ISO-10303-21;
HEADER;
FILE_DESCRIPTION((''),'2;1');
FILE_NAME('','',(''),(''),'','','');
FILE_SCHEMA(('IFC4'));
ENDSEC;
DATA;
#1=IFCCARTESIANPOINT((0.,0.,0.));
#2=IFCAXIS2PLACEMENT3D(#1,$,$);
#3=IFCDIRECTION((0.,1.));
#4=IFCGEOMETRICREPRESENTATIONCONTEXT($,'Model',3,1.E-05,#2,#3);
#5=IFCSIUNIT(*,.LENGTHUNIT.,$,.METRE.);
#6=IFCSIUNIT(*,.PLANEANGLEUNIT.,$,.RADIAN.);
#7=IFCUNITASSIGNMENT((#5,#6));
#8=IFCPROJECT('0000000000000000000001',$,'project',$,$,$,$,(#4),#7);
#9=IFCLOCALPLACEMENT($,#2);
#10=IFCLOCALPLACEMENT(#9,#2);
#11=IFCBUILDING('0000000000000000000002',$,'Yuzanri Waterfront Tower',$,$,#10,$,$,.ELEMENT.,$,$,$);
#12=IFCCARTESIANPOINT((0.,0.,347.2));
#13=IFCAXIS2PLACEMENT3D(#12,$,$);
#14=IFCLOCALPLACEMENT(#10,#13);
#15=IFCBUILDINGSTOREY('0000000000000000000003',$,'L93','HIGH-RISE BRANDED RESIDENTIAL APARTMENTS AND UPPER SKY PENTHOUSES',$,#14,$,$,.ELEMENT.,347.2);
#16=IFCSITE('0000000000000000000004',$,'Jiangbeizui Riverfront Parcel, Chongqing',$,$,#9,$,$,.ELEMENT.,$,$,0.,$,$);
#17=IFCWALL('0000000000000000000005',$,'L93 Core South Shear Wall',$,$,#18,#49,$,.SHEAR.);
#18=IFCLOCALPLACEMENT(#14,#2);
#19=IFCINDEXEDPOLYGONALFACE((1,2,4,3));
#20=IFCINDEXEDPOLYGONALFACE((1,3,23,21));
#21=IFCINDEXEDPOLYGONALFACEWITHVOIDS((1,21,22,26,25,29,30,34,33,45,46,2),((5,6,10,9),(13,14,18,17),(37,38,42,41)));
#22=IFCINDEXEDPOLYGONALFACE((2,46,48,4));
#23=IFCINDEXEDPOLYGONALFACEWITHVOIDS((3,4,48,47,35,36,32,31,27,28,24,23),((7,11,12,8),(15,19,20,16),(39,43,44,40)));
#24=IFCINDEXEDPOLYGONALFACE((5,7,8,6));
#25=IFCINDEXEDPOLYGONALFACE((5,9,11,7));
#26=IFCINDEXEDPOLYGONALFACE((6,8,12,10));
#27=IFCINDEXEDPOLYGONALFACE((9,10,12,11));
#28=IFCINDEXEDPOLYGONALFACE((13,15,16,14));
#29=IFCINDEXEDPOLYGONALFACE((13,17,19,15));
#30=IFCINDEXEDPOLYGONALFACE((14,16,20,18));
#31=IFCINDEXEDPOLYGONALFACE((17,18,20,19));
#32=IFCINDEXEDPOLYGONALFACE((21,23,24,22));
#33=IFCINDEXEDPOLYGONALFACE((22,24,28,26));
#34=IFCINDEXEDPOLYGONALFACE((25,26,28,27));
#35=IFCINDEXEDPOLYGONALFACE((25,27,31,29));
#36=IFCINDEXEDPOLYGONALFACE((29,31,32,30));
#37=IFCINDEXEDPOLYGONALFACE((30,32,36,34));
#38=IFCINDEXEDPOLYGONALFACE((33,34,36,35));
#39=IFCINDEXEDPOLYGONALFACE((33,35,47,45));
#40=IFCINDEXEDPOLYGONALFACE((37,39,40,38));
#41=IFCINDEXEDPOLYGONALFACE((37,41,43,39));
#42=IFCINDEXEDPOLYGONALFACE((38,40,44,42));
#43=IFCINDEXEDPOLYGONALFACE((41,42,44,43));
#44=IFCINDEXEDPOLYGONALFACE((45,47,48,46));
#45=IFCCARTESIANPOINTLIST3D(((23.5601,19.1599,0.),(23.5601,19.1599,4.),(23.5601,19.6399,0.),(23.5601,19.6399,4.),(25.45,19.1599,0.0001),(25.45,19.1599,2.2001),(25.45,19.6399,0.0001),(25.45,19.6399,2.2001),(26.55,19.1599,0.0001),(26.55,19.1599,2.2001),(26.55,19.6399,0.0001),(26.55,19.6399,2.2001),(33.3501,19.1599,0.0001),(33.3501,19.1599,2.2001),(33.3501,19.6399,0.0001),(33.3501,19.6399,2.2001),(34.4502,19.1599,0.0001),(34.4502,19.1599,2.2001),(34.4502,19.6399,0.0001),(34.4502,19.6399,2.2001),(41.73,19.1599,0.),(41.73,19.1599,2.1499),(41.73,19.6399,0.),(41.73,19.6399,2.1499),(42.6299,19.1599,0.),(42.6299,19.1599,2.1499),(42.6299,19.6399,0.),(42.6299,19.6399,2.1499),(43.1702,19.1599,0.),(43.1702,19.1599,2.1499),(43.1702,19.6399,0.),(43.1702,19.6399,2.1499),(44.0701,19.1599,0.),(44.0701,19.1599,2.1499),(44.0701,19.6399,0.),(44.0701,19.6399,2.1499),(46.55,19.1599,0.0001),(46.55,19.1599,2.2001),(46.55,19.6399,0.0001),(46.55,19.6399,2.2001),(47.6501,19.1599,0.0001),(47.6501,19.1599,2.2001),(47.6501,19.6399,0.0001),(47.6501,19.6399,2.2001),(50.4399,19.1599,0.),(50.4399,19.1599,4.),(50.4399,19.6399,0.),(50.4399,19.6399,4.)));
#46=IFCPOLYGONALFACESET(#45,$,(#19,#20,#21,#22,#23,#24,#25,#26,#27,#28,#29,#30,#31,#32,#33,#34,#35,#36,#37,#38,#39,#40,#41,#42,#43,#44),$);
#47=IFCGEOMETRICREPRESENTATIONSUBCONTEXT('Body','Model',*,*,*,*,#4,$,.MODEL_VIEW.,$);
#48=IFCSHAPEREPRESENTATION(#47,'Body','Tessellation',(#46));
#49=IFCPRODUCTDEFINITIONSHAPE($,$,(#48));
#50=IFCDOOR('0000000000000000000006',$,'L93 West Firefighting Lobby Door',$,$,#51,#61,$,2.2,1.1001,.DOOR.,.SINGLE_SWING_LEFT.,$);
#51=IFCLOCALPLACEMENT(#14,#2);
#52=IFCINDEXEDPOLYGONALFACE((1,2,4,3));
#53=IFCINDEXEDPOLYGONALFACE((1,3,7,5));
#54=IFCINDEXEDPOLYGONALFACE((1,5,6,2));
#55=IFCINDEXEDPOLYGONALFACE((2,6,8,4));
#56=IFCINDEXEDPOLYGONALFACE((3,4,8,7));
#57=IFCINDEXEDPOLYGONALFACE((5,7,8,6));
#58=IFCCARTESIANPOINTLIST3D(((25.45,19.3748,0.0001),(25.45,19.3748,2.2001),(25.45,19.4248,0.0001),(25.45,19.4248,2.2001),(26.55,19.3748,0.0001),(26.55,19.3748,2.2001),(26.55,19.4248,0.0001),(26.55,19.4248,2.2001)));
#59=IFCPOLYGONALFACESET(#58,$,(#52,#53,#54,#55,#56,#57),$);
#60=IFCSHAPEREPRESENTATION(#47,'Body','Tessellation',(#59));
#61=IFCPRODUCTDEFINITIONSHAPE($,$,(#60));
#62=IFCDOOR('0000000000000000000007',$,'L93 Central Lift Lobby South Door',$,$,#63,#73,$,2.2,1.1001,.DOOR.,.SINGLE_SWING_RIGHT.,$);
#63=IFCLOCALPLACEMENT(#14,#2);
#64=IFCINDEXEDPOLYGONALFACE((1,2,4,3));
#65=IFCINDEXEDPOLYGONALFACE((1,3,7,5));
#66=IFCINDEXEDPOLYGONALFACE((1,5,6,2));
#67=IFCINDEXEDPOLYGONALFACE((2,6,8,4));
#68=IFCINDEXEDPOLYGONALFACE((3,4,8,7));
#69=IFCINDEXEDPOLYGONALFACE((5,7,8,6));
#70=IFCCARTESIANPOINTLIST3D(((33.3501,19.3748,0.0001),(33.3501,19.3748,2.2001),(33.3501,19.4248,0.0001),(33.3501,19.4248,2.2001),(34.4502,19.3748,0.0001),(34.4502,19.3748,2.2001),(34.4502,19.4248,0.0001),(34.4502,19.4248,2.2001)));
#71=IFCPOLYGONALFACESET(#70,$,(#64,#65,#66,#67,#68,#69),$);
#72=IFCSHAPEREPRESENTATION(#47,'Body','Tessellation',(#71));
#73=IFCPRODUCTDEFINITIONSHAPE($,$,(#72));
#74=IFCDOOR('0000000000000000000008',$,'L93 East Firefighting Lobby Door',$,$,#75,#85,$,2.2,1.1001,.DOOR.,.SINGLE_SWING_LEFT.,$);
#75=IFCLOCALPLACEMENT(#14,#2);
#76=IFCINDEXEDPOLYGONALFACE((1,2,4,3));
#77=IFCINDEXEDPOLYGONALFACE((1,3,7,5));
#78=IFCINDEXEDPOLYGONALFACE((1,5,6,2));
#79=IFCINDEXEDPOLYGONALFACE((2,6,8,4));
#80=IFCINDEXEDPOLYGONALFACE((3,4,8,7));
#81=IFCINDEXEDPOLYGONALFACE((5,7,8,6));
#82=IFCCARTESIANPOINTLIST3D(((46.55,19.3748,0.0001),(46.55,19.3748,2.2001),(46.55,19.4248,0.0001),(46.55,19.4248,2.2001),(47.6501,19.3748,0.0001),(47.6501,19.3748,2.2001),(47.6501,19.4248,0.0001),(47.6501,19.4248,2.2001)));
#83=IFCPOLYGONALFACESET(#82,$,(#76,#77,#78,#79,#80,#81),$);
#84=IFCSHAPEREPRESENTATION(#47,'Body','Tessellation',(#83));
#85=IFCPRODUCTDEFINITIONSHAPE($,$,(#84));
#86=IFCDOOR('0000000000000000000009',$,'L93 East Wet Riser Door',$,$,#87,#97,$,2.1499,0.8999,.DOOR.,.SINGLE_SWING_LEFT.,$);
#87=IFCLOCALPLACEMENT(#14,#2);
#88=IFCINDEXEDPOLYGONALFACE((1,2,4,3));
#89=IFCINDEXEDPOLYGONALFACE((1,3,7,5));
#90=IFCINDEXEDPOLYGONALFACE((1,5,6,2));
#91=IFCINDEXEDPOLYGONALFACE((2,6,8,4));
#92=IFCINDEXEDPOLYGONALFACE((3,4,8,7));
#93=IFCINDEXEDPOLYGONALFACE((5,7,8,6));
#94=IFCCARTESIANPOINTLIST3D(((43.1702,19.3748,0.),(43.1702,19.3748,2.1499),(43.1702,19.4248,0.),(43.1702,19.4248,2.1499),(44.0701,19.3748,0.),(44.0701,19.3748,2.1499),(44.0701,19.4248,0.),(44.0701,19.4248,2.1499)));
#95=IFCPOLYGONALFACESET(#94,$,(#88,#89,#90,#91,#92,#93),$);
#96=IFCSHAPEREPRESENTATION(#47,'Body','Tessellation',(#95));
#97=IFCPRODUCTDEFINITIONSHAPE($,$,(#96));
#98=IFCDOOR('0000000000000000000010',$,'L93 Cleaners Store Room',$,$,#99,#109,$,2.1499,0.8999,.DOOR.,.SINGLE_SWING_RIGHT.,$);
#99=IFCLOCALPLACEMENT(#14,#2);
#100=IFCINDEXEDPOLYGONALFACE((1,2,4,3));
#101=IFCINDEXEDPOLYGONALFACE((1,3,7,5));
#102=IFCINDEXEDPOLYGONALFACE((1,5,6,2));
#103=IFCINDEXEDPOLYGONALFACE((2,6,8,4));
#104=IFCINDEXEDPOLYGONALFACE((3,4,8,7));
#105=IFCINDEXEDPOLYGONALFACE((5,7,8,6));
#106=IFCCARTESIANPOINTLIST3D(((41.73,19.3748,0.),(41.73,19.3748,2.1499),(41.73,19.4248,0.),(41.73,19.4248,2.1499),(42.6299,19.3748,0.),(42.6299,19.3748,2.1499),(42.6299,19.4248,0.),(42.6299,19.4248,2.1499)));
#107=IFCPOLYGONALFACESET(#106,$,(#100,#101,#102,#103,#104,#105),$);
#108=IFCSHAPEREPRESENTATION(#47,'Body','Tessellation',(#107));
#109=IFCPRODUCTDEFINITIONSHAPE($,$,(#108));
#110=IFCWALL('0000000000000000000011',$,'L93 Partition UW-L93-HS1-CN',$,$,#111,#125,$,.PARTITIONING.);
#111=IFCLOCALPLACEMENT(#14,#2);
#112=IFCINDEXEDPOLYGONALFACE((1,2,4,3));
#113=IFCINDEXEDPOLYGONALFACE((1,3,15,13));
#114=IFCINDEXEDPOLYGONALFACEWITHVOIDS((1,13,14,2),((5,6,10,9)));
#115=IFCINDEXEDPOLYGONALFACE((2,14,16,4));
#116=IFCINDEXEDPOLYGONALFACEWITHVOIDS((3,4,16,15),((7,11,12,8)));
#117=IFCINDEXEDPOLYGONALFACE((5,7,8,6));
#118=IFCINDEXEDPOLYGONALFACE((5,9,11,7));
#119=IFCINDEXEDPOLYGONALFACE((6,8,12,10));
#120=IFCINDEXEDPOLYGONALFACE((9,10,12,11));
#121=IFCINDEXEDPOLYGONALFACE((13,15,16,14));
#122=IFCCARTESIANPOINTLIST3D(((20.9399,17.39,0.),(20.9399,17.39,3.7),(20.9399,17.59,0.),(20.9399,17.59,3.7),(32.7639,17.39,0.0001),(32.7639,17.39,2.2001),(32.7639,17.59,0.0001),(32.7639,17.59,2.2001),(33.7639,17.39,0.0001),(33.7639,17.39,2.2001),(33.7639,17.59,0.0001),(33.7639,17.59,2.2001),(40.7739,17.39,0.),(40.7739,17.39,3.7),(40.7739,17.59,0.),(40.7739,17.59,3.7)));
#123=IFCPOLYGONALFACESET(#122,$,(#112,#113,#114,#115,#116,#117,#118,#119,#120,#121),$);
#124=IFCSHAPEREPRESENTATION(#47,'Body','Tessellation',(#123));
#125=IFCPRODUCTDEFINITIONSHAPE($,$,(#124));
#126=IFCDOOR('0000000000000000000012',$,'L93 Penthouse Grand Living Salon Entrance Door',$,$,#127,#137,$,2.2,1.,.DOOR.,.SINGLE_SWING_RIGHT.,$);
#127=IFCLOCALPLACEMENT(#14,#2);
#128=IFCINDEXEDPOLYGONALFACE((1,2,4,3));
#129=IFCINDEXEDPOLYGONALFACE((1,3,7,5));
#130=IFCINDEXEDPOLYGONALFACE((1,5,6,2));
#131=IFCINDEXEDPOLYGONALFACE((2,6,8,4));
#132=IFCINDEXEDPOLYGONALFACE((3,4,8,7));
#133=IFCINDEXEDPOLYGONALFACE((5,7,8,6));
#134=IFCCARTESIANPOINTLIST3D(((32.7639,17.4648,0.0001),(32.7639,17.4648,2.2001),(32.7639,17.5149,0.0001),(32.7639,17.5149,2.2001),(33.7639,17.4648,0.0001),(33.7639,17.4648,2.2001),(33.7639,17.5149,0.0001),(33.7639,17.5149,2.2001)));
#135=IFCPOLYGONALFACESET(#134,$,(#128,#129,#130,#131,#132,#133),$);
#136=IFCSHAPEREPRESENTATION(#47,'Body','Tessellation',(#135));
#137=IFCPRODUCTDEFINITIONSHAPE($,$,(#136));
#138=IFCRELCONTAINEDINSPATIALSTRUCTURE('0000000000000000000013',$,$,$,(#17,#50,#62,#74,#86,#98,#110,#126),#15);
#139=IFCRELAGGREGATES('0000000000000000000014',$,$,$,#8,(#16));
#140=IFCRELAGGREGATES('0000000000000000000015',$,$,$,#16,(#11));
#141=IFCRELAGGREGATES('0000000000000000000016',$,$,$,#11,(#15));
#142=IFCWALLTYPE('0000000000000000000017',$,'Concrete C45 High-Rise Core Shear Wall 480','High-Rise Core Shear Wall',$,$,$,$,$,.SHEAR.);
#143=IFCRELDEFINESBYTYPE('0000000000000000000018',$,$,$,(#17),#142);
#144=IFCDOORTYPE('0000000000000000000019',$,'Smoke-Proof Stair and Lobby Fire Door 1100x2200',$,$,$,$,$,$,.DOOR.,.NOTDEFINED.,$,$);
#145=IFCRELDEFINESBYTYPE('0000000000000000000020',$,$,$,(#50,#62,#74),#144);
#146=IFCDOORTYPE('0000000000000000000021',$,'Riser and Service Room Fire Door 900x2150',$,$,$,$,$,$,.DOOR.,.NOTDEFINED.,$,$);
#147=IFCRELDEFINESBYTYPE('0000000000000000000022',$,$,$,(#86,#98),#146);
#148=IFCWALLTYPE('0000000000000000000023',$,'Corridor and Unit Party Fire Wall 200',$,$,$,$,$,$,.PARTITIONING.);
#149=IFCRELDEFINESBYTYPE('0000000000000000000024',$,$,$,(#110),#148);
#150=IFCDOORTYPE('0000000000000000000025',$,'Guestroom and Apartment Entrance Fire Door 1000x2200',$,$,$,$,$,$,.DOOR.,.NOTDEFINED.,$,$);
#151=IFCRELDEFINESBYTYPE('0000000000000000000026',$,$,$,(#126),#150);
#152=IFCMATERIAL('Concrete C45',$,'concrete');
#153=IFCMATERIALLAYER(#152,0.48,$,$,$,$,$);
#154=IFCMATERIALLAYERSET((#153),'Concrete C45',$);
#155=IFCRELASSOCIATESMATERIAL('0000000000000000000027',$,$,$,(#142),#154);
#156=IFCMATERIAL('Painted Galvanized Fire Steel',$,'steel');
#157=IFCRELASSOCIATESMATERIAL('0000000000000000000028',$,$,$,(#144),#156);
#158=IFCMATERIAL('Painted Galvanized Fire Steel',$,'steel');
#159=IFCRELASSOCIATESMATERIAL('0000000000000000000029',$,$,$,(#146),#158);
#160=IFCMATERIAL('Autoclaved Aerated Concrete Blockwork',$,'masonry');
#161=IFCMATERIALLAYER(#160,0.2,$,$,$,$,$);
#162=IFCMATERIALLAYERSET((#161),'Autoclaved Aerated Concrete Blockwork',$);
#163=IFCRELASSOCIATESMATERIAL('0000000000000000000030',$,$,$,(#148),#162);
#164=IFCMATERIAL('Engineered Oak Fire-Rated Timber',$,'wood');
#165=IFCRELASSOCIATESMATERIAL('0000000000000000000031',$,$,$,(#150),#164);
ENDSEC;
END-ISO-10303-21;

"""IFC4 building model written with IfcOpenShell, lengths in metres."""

from ifc_helpers import new_model, si_unit, direction, frame, frame_2d, origin, place, context, subcontext, project, spatial, rectangle, extrude, source, transform, mapped, material, layer, layer_set, type_object, element, fill, save


model = new_model("IFC4")

# Units and contexts
model_context = context("Model", 3, precision=1e-05, world=origin(), true_north=direction((0.0, 1.0)))
body_context = subcontext(model_context, "Body", "Model", "MODEL_VIEW")
ifc_project = project(units=[si_unit("LENGTHUNIT", "METRE"), si_unit("PLANEANGLEUNIT", "RADIAN")], contexts=[model_context])

# Site, building, storey
site_placement = place(None, origin())
site = spatial("IfcSite", under=ifc_project, at=site_placement, Name="Jiangbeizui Riverfront Parcel, Chongqing", CompositionType="ELEMENT", RefElevation=0.0)
building_placement = place(site_placement, origin())
building = spatial("IfcBuilding", under=site, at=building_placement, Name="Yuzanri Waterfront Tower", CompositionType="ELEMENT")
storey_placement = place(building_placement, frame((0.0, 0.0, 347.2)))
storey = spatial("IfcBuildingStorey", under=building, at=storey_placement, Name="L93", Description="HIGH-RISE BRANDED RESIDENTIAL APARTMENTS AND UPPER SKY PENTHOUSES", CompositionType="ELEMENT", Elevation=347.2)

# Wall, openings, doors
ifc_material_1 = material(Name="Concrete C45", Category="concrete")
ifc_layer_1 = layer(ifc_material_1, 0.48)
ifc_layer_set_1 = layer_set([ifc_layer_1], Name="Concrete C45")
wall_type_1 = type_object("IfcWallType", Name="Concrete C45 High-Rise Core Shear Wall 480", Description="High-Rise Core Shear Wall", PredefinedType="SHEAR", material=ifc_layer_set_1)
wall_1_placement = place(storey_placement, frame((23.5601, 19.3999, 0.0), z_axis=(0.0, 0.0, 1.0), x_axis=(1.0, 0.0, 0.0)))
wall_1 = element("IfcWall", 1, at=wall_1_placement, inside=storey, type_object=wall_type_1, Name="L93 Core South Shear Wall", PredefinedType="SHEAR", context=body_context, shape_type="SweptSolid", body=[
    extrude(rectangle(XDim=26.8799, YDim=0.48, at=frame_2d((13.4399, 0.0))), origin(), (0.0, 0.0, 1.0), 4.0),
])
opening_1_placement = place(wall_1_placement, frame((1.8899, 0.0, 0.0)))
opening_1 = element("IfcOpeningElement", 2, at=opening_1_placement, cuts=wall_1, PredefinedType="OPENING", context=body_context, shape_type="SweptSolid", body=[
    extrude(rectangle(XDim=1.1001, YDim=2.2, at=frame_2d((0.55, 1.1001))), frame((0.0, 0.2549, 0.0), z_axis=(0.0, -1.0, 0.0), x_axis=(1.0, 0.0, 0.0)), (0.0, 0.0, 1.0), 0.5098),
])
opening_2_placement = place(wall_1_placement, frame((9.79, 0.0, 0.0)))
opening_2 = element("IfcOpeningElement", 3, at=opening_2_placement, cuts=wall_1, PredefinedType="OPENING", context=body_context, shape_type="SweptSolid", body=[
    extrude(rectangle(XDim=1.1001, YDim=2.2, at=frame_2d((0.55, 1.1001))), frame((0.0, 0.2549, 0.0), z_axis=(0.0, -1.0, 0.0), x_axis=(1.0, 0.0, 0.0)), (0.0, 0.0, 1.0), 0.5098),
])
opening_3_placement = place(wall_1_placement, frame((22.99, 0.0, 0.0)))
opening_3 = element("IfcOpeningElement", 4, at=opening_3_placement, cuts=wall_1, PredefinedType="OPENING", context=body_context, shape_type="SweptSolid", body=[
    extrude(rectangle(XDim=1.1001, YDim=2.2, at=frame_2d((0.55, 1.1001))), frame((0.0, 0.2549, 0.0), z_axis=(0.0, -1.0, 0.0), x_axis=(1.0, 0.0, 0.0)), (0.0, 0.0, 1.0), 0.5098),
])
opening_4_placement = place(wall_1_placement, frame((19.6101, 0.0, 0.0)))
opening_4 = element("IfcOpeningElement", 5, at=opening_4_placement, cuts=wall_1, PredefinedType="OPENING", context=body_context, shape_type="SweptSolid", body=[
    extrude(rectangle(XDim=0.8999, YDim=2.1499, at=frame_2d((0.45, 1.075))), frame((0.0, 0.2549, 0.0), z_axis=(0.0, -1.0, 0.0), x_axis=(1.0, 0.0, 0.0)), (0.0, 0.0, 1.0), 0.5098),
])
opening_5_placement = place(wall_1_placement, frame((18.1699, 0.0, 0.0)))
opening_5 = element("IfcOpeningElement", 6, at=opening_5_placement, cuts=wall_1, PredefinedType="OPENING", context=body_context, shape_type="SweptSolid", body=[
    extrude(rectangle(XDim=0.8999, YDim=2.1499, at=frame_2d((0.45, 1.075))), frame((0.0, 0.2549, 0.0), z_axis=(0.0, -1.0, 0.0), x_axis=(1.0, 0.0, 0.0)), (0.0, 0.0, 1.0), 0.5098),
])
ifc_material_2 = material(Name="Painted Galvanized Fire Steel", Category="steel")
door_type_1 = type_object("IfcDoorType", Name="Smoke-Proof Stair and Lobby Fire Door 1100x2200", OperationType="NOTDEFINED", PredefinedType="DOOR", material=ifc_material_2)
shared_shape_1 = source(origin(), body_context, "Body", "SweptSolid", [
    extrude(rectangle(XDim=1.1001, YDim=2.2, at=frame_2d((0.55, 1.1001))), frame((0.0, 0.0249, 0.0), z_axis=(0.0, -1.0, 0.0), x_axis=(1.0, 0.0, 0.0)), (0.0, 0.0, 1.0), 0.05),
])
door_1_placement = place(opening_1_placement, origin())
door_1 = element("IfcDoor", 7, at=door_1_placement, inside=storey, type_object=door_type_1, Name="L93 West Firefighting Lobby Door", OperationType="SINGLE_SWING_LEFT", OverallHeight=2.2, OverallWidth=1.1001, PredefinedType="DOOR", context=body_context, shape_type="MappedRepresentation", body=[
    mapped(shared_shape_1, transform((0.0, 0.0, 0.0), scale=1.0)),
])
fill(opening_1, door_1)
door_2_placement = place(opening_2_placement, origin())
door_2 = element("IfcDoor", 8, at=door_2_placement, inside=storey, type_object=door_type_1, Name="L93 Central Lift Lobby South Door", OperationType="SINGLE_SWING_RIGHT", OverallHeight=2.2, OverallWidth=1.1001, PredefinedType="DOOR", context=body_context, shape_type="MappedRepresentation", body=[
    mapped(shared_shape_1, transform((0.0, 0.0, 0.0), scale=1.0)),
])
fill(opening_2, door_2)
door_3_placement = place(opening_3_placement, origin())
door_3 = element("IfcDoor", 9, at=door_3_placement, inside=storey, type_object=door_type_1, Name="L93 East Firefighting Lobby Door", OperationType="SINGLE_SWING_LEFT", OverallHeight=2.2, OverallWidth=1.1001, PredefinedType="DOOR", context=body_context, shape_type="MappedRepresentation", body=[
    mapped(shared_shape_1, transform((0.0, 0.0, 0.0), scale=1.0)),
])
fill(opening_3, door_3)
ifc_material_3 = material(Name="Painted Galvanized Fire Steel", Category="steel")
door_type_2 = type_object("IfcDoorType", Name="Riser and Service Room Fire Door 900x2150", OperationType="NOTDEFINED", PredefinedType="DOOR", material=ifc_material_3)
shared_shape_2 = source(origin(), body_context, "Body", "SweptSolid", [
    extrude(rectangle(XDim=0.8999, YDim=2.1499, at=frame_2d((0.45, 1.075))), frame((0.0, 0.0249, 0.0), z_axis=(0.0, -1.0, 0.0), x_axis=(1.0, 0.0, 0.0)), (0.0, 0.0, 1.0), 0.05),
])
door_4_placement = place(opening_4_placement, origin())
door_4 = element("IfcDoor", 10, at=door_4_placement, inside=storey, type_object=door_type_2, Name="L93 East Wet Riser Door", OperationType="SINGLE_SWING_LEFT", OverallHeight=2.1499, OverallWidth=0.8999, PredefinedType="DOOR", context=body_context, shape_type="MappedRepresentation", body=[
    mapped(shared_shape_2, transform((0.0, 0.0, 0.0), scale=1.0)),
])
fill(opening_4, door_4)
door_5_placement = place(opening_5_placement, origin())
door_5 = element("IfcDoor", 11, at=door_5_placement, inside=storey, type_object=door_type_2, Name="L93 Cleaners Store Room", OperationType="SINGLE_SWING_RIGHT", OverallHeight=2.1499, OverallWidth=0.8999, PredefinedType="DOOR", context=body_context, shape_type="MappedRepresentation", body=[
    mapped(shared_shape_2, transform((0.0, 0.0, 0.0), scale=1.0)),
])
fill(opening_5, door_5)

# Wall, opening, door
ifc_material_4 = material(Name="Autoclaved Aerated Concrete Blockwork", Category="masonry")
ifc_layer_2 = layer(ifc_material_4, 0.2)
ifc_layer_set_2 = layer_set([ifc_layer_2], Name="Autoclaved Aerated Concrete Blockwork")
wall_type_2 = type_object("IfcWallType", Name="Corridor and Unit Party Fire Wall 200", PredefinedType="PARTITIONING", material=ifc_layer_set_2)
wall_2_placement = place(storey_placement, frame((20.9399, 17.49, 0.0), z_axis=(0.0, 0.0, 1.0), x_axis=(1.0, 0.0, 0.0)))
wall_2 = element("IfcWall", 12, at=wall_2_placement, inside=storey, type_object=wall_type_2, Name="L93 Partition UW-L93-HS1-CN", PredefinedType="PARTITIONING", context=body_context, shape_type="SweptSolid", body=[
    extrude(rectangle(XDim=19.834, YDim=0.2, at=frame_2d((9.917, 0.0))), origin(), (0.0, 0.0, 1.0), 3.7),
])
opening_6_placement = place(wall_2_placement, frame((11.824, 0.0, 0.0)))
opening_6 = element("IfcOpeningElement", 13, at=opening_6_placement, cuts=wall_2, PredefinedType="OPENING", context=body_context, shape_type="SweptSolid", body=[
    extrude(rectangle(XDim=1.0, YDim=2.2, at=frame_2d((0.5, 1.1001))), frame((0.0, 0.1147, 0.0), z_axis=(0.0, -1.0, 0.0), x_axis=(1.0, 0.0, 0.0)), (0.0, 0.0, 1.0), 0.2297),
])
ifc_material_5 = material(Name="Engineered Oak Fire-Rated Timber", Category="wood")
door_type_3 = type_object("IfcDoorType", Name="Guestroom and Apartment Entrance Fire Door 1000x2200", OperationType="NOTDEFINED", PredefinedType="DOOR", material=ifc_material_5)
shared_shape_3 = source(origin(), body_context, "Body", "SweptSolid", [
    extrude(rectangle(XDim=1.0, YDim=2.2, at=frame_2d((0.5, 1.1001))), frame((0.0, 0.0249, 0.0), z_axis=(0.0, -1.0, 0.0), x_axis=(1.0, 0.0, 0.0)), (0.0, 0.0, 1.0), 0.05),
])
door_6_placement = place(opening_6_placement, origin())
door_6 = element("IfcDoor", 14, at=door_6_placement, inside=storey, type_object=door_type_3, Name="L93 Penthouse Grand Living Salon Entrance Door", OperationType="SINGLE_SWING_RIGHT", OverallHeight=2.2, OverallWidth=1.0, PredefinedType="DOOR", context=body_context, shape_type="MappedRepresentation", body=[
    mapped(shared_shape_3, transform((0.0, 0.0, 0.0), scale=1.0)),
])
fill(opening_6, door_6)

save(model, "model.ifc")
